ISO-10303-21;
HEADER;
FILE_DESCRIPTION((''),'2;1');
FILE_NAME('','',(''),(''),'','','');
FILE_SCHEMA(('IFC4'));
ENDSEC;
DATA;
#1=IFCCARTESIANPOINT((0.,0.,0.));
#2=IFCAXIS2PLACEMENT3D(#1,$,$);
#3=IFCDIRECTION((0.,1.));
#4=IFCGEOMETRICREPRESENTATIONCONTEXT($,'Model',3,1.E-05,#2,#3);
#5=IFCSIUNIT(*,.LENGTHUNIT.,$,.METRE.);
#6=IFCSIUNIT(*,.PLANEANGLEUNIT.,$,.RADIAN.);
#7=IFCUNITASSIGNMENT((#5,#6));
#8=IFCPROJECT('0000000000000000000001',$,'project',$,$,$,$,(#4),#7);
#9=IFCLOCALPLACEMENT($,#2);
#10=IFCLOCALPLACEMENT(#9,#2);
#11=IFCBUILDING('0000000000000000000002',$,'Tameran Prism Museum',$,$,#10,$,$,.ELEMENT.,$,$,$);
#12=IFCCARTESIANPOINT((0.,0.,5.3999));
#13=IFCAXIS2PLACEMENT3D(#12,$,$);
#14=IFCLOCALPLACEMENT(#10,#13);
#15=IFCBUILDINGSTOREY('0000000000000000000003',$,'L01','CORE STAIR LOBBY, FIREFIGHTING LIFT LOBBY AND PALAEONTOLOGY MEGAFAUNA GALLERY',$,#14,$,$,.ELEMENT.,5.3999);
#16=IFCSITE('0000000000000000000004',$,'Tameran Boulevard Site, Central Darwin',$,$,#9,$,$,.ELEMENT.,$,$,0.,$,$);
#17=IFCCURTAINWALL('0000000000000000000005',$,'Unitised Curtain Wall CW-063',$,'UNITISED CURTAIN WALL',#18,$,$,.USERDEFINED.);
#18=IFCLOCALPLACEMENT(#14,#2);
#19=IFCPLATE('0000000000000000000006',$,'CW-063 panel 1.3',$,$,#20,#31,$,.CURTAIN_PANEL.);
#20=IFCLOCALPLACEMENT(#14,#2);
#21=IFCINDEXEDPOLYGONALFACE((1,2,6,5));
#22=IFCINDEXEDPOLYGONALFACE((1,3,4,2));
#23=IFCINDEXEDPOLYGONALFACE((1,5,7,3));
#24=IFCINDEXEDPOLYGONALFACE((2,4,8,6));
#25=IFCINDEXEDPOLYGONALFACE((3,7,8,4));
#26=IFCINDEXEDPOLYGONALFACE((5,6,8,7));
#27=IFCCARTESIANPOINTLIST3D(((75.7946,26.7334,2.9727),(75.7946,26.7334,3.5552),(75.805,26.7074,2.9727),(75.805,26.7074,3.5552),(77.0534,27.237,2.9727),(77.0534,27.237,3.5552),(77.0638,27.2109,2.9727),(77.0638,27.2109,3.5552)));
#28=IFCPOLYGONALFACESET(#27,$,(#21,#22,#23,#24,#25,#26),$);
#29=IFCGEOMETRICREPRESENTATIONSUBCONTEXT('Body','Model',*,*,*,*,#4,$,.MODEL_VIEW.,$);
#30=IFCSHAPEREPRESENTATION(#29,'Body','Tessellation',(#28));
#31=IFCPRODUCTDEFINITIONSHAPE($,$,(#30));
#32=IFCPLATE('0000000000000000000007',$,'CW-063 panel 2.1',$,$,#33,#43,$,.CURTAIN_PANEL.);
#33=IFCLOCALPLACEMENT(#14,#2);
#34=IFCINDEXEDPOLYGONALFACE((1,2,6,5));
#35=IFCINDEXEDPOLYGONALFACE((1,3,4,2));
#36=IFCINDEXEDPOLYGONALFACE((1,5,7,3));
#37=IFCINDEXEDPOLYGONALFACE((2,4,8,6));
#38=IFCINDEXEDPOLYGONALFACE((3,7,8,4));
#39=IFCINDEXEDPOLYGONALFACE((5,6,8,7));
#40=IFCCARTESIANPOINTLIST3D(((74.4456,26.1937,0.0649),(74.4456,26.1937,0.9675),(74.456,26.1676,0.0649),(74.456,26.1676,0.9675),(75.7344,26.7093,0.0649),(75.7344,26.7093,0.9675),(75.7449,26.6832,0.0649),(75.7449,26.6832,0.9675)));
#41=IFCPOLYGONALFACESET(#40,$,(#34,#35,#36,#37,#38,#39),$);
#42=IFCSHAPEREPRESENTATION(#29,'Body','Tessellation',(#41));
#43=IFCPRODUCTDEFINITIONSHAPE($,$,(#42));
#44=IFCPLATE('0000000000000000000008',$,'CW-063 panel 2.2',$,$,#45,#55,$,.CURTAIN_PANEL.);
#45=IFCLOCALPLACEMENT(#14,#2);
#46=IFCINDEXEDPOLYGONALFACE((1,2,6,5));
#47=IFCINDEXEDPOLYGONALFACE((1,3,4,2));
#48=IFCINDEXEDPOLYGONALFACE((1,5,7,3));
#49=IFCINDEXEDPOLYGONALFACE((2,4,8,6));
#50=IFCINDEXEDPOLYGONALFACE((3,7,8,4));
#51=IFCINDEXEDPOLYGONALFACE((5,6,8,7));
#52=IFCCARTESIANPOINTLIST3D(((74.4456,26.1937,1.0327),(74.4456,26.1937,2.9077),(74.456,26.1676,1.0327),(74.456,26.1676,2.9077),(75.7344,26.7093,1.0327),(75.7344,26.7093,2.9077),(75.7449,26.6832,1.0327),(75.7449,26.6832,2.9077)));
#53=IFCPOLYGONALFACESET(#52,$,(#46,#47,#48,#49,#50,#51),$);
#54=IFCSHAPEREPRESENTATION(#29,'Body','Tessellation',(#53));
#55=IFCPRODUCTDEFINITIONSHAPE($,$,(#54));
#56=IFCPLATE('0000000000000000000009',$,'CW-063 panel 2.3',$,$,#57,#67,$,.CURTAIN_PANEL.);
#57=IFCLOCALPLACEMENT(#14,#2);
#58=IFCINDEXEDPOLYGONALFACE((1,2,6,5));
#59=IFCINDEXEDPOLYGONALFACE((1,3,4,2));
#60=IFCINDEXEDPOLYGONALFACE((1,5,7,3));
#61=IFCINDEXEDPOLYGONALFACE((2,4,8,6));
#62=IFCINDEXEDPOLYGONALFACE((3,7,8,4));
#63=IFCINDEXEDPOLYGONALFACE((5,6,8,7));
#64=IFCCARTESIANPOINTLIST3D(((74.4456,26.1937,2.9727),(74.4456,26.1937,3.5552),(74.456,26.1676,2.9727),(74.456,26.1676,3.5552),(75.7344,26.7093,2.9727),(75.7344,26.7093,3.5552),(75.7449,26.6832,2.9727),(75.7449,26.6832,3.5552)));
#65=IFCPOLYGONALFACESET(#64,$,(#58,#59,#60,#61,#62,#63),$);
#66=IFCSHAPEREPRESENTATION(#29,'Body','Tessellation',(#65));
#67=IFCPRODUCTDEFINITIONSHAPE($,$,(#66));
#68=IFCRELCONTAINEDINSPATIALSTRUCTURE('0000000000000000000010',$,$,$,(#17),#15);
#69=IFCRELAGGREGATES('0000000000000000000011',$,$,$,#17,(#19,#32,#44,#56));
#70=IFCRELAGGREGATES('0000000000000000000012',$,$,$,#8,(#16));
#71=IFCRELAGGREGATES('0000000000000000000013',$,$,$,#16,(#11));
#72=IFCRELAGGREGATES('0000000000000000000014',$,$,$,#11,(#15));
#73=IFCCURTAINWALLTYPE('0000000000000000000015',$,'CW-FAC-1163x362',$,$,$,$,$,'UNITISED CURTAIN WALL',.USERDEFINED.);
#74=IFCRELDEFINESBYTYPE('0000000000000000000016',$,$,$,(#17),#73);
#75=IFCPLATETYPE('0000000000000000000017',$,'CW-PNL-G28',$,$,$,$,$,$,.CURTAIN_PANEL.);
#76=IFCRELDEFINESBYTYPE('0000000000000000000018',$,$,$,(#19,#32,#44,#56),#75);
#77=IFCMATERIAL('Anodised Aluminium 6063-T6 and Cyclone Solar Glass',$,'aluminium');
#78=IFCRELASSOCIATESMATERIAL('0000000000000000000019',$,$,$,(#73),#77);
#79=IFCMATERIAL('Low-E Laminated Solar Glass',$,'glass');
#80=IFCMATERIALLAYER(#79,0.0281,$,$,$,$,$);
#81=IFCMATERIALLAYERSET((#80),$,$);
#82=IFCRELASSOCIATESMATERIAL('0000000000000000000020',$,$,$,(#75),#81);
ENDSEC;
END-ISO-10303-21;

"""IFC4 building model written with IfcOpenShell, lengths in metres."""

from ifc_helpers import new_model, si_unit, direction, frame, origin, origin_2d, place, context, subcontext, project, spatial, rectangle, extrude, material, layer, layer_set, type_object, element, aggregate, save


model = new_model("IFC4")

# Units and contexts
model_context = context("Model", 3, precision=1e-05, world=origin(), true_north=direction((0.0, 1.0)))
body_context = subcontext(model_context, "Body", "Model", "MODEL_VIEW")
ifc_project = project(units=[si_unit("LENGTHUNIT", "METRE"), si_unit("PLANEANGLEUNIT", "RADIAN")], contexts=[model_context])

# Site, building, storey
site_placement = place(None, origin())
site = spatial("IfcSite", under=ifc_project, at=site_placement, Name="Tameran Boulevard Site, Central Darwin", CompositionType="ELEMENT", RefElevation=0.0)
building_placement = place(site_placement, origin())
building = spatial("IfcBuilding", under=site, at=building_placement, Name="Tameran Prism Museum", CompositionType="ELEMENT")
storey_placement = place(building_placement, frame((0.0, 0.0, 5.3999)))
storey = spatial("IfcBuildingStorey", under=building, at=storey_placement, Name="L01", Description="CORE STAIR LOBBY, FIREFIGHTING LIFT LOBBY AND PALAEONTOLOGY MEGAFAUNA GALLERY", CompositionType="ELEMENT", Elevation=5.3999)

# Curtain wall
ifc_material_1 = material(Name="Anodised Aluminium 6063-T6 and Cyclone Solar Glass", Category="aluminium")
curtain_wall_type_1 = type_object("IfcCurtainWallType", Name="CW-FAC-1163x362", ElementType="UNITISED CURTAIN WALL", PredefinedType="USERDEFINED", material=ifc_material_1)
curtain_wall_1_placement = place(storey_placement, origin())
curtain_wall_1 = element("IfcCurtainWall", 1, at=curtain_wall_1_placement, inside=storey, type_object=curtain_wall_type_1, Name="Unitised Curtain Wall CW-063", ObjectType="UNITISED CURTAIN WALL", PredefinedType="USERDEFINED")

# Plates
ifc_material_2 = material(Name="Low-E Laminated Solar Glass", Category="glass")
ifc_layer = layer(ifc_material_2, 0.0281)
ifc_layer_set = layer_set([ifc_layer])
plate_type = type_object("IfcPlateType", Name="CW-PNL-G28", PredefinedType="CURTAIN_PANEL", material=ifc_layer_set)
plate_1_placement = place(storey_placement, frame((76.4292, 26.9722, 2.9727), z_axis=(0.0, 0.0, 1.0), x_axis=(-0.928465, -0.37142, 0.0)))
plate_1 = element("IfcPlate", 2, at=plate_1_placement, type_object=plate_type, Name="CW-063 panel 1.3", PredefinedType="CURTAIN_PANEL", context=body_context, shape_type="SweptSolid", body=[
    extrude(rectangle(XDim=1.3557, YDim=0.0281, at=origin_2d()), origin(), (0.0, 0.0, 1.0), 0.5825),
])
plate_2_placement = place(storey_placement, frame((75.0952, 26.4385, 0.0649), z_axis=(0.0, 0.0, 1.0), x_axis=(-0.928465, -0.37142, 0.0)))
plate_2 = element("IfcPlate", 3, at=plate_2_placement, type_object=plate_type, Name="CW-063 panel 2.1", PredefinedType="CURTAIN_PANEL", context=body_context, shape_type="SweptSolid", body=[
    extrude(rectangle(XDim=1.3882, YDim=0.0281, at=origin_2d()), origin(), (0.0, 0.0, 1.0), 0.9026),
])
plate_3_placement = place(storey_placement, frame((75.0952, 26.4385, 1.0327), z_axis=(0.0, 0.0, 1.0), x_axis=(-0.928465, -0.37142, 0.0)))
plate_3 = element("IfcPlate", 4, at=plate_3_placement, type_object=plate_type, Name="CW-063 panel 2.2", PredefinedType="CURTAIN_PANEL", context=body_context, shape_type="SweptSolid", body=[
    extrude(rectangle(XDim=1.3882, YDim=0.0281, at=origin_2d()), origin(), (0.0, 0.0, 1.0), 1.875),
])
plate_4_placement = place(storey_placement, frame((75.0952, 26.4385, 2.9727), z_axis=(0.0, 0.0, 1.0), x_axis=(-0.928465, -0.37142, 0.0)))
plate_4 = element("IfcPlate", 5, at=plate_4_placement, type_object=plate_type, Name="CW-063 panel 2.3", PredefinedType="CURTAIN_PANEL", context=body_context, shape_type="SweptSolid", body=[
    extrude(rectangle(XDim=1.3882, YDim=0.0281, at=origin_2d()), origin(), (0.0, 0.0, 1.0), 0.5825),
])
aggregate(curtain_wall_1, [plate_1, plate_2, plate_3, plate_4])

save(model, "model.ifc")
